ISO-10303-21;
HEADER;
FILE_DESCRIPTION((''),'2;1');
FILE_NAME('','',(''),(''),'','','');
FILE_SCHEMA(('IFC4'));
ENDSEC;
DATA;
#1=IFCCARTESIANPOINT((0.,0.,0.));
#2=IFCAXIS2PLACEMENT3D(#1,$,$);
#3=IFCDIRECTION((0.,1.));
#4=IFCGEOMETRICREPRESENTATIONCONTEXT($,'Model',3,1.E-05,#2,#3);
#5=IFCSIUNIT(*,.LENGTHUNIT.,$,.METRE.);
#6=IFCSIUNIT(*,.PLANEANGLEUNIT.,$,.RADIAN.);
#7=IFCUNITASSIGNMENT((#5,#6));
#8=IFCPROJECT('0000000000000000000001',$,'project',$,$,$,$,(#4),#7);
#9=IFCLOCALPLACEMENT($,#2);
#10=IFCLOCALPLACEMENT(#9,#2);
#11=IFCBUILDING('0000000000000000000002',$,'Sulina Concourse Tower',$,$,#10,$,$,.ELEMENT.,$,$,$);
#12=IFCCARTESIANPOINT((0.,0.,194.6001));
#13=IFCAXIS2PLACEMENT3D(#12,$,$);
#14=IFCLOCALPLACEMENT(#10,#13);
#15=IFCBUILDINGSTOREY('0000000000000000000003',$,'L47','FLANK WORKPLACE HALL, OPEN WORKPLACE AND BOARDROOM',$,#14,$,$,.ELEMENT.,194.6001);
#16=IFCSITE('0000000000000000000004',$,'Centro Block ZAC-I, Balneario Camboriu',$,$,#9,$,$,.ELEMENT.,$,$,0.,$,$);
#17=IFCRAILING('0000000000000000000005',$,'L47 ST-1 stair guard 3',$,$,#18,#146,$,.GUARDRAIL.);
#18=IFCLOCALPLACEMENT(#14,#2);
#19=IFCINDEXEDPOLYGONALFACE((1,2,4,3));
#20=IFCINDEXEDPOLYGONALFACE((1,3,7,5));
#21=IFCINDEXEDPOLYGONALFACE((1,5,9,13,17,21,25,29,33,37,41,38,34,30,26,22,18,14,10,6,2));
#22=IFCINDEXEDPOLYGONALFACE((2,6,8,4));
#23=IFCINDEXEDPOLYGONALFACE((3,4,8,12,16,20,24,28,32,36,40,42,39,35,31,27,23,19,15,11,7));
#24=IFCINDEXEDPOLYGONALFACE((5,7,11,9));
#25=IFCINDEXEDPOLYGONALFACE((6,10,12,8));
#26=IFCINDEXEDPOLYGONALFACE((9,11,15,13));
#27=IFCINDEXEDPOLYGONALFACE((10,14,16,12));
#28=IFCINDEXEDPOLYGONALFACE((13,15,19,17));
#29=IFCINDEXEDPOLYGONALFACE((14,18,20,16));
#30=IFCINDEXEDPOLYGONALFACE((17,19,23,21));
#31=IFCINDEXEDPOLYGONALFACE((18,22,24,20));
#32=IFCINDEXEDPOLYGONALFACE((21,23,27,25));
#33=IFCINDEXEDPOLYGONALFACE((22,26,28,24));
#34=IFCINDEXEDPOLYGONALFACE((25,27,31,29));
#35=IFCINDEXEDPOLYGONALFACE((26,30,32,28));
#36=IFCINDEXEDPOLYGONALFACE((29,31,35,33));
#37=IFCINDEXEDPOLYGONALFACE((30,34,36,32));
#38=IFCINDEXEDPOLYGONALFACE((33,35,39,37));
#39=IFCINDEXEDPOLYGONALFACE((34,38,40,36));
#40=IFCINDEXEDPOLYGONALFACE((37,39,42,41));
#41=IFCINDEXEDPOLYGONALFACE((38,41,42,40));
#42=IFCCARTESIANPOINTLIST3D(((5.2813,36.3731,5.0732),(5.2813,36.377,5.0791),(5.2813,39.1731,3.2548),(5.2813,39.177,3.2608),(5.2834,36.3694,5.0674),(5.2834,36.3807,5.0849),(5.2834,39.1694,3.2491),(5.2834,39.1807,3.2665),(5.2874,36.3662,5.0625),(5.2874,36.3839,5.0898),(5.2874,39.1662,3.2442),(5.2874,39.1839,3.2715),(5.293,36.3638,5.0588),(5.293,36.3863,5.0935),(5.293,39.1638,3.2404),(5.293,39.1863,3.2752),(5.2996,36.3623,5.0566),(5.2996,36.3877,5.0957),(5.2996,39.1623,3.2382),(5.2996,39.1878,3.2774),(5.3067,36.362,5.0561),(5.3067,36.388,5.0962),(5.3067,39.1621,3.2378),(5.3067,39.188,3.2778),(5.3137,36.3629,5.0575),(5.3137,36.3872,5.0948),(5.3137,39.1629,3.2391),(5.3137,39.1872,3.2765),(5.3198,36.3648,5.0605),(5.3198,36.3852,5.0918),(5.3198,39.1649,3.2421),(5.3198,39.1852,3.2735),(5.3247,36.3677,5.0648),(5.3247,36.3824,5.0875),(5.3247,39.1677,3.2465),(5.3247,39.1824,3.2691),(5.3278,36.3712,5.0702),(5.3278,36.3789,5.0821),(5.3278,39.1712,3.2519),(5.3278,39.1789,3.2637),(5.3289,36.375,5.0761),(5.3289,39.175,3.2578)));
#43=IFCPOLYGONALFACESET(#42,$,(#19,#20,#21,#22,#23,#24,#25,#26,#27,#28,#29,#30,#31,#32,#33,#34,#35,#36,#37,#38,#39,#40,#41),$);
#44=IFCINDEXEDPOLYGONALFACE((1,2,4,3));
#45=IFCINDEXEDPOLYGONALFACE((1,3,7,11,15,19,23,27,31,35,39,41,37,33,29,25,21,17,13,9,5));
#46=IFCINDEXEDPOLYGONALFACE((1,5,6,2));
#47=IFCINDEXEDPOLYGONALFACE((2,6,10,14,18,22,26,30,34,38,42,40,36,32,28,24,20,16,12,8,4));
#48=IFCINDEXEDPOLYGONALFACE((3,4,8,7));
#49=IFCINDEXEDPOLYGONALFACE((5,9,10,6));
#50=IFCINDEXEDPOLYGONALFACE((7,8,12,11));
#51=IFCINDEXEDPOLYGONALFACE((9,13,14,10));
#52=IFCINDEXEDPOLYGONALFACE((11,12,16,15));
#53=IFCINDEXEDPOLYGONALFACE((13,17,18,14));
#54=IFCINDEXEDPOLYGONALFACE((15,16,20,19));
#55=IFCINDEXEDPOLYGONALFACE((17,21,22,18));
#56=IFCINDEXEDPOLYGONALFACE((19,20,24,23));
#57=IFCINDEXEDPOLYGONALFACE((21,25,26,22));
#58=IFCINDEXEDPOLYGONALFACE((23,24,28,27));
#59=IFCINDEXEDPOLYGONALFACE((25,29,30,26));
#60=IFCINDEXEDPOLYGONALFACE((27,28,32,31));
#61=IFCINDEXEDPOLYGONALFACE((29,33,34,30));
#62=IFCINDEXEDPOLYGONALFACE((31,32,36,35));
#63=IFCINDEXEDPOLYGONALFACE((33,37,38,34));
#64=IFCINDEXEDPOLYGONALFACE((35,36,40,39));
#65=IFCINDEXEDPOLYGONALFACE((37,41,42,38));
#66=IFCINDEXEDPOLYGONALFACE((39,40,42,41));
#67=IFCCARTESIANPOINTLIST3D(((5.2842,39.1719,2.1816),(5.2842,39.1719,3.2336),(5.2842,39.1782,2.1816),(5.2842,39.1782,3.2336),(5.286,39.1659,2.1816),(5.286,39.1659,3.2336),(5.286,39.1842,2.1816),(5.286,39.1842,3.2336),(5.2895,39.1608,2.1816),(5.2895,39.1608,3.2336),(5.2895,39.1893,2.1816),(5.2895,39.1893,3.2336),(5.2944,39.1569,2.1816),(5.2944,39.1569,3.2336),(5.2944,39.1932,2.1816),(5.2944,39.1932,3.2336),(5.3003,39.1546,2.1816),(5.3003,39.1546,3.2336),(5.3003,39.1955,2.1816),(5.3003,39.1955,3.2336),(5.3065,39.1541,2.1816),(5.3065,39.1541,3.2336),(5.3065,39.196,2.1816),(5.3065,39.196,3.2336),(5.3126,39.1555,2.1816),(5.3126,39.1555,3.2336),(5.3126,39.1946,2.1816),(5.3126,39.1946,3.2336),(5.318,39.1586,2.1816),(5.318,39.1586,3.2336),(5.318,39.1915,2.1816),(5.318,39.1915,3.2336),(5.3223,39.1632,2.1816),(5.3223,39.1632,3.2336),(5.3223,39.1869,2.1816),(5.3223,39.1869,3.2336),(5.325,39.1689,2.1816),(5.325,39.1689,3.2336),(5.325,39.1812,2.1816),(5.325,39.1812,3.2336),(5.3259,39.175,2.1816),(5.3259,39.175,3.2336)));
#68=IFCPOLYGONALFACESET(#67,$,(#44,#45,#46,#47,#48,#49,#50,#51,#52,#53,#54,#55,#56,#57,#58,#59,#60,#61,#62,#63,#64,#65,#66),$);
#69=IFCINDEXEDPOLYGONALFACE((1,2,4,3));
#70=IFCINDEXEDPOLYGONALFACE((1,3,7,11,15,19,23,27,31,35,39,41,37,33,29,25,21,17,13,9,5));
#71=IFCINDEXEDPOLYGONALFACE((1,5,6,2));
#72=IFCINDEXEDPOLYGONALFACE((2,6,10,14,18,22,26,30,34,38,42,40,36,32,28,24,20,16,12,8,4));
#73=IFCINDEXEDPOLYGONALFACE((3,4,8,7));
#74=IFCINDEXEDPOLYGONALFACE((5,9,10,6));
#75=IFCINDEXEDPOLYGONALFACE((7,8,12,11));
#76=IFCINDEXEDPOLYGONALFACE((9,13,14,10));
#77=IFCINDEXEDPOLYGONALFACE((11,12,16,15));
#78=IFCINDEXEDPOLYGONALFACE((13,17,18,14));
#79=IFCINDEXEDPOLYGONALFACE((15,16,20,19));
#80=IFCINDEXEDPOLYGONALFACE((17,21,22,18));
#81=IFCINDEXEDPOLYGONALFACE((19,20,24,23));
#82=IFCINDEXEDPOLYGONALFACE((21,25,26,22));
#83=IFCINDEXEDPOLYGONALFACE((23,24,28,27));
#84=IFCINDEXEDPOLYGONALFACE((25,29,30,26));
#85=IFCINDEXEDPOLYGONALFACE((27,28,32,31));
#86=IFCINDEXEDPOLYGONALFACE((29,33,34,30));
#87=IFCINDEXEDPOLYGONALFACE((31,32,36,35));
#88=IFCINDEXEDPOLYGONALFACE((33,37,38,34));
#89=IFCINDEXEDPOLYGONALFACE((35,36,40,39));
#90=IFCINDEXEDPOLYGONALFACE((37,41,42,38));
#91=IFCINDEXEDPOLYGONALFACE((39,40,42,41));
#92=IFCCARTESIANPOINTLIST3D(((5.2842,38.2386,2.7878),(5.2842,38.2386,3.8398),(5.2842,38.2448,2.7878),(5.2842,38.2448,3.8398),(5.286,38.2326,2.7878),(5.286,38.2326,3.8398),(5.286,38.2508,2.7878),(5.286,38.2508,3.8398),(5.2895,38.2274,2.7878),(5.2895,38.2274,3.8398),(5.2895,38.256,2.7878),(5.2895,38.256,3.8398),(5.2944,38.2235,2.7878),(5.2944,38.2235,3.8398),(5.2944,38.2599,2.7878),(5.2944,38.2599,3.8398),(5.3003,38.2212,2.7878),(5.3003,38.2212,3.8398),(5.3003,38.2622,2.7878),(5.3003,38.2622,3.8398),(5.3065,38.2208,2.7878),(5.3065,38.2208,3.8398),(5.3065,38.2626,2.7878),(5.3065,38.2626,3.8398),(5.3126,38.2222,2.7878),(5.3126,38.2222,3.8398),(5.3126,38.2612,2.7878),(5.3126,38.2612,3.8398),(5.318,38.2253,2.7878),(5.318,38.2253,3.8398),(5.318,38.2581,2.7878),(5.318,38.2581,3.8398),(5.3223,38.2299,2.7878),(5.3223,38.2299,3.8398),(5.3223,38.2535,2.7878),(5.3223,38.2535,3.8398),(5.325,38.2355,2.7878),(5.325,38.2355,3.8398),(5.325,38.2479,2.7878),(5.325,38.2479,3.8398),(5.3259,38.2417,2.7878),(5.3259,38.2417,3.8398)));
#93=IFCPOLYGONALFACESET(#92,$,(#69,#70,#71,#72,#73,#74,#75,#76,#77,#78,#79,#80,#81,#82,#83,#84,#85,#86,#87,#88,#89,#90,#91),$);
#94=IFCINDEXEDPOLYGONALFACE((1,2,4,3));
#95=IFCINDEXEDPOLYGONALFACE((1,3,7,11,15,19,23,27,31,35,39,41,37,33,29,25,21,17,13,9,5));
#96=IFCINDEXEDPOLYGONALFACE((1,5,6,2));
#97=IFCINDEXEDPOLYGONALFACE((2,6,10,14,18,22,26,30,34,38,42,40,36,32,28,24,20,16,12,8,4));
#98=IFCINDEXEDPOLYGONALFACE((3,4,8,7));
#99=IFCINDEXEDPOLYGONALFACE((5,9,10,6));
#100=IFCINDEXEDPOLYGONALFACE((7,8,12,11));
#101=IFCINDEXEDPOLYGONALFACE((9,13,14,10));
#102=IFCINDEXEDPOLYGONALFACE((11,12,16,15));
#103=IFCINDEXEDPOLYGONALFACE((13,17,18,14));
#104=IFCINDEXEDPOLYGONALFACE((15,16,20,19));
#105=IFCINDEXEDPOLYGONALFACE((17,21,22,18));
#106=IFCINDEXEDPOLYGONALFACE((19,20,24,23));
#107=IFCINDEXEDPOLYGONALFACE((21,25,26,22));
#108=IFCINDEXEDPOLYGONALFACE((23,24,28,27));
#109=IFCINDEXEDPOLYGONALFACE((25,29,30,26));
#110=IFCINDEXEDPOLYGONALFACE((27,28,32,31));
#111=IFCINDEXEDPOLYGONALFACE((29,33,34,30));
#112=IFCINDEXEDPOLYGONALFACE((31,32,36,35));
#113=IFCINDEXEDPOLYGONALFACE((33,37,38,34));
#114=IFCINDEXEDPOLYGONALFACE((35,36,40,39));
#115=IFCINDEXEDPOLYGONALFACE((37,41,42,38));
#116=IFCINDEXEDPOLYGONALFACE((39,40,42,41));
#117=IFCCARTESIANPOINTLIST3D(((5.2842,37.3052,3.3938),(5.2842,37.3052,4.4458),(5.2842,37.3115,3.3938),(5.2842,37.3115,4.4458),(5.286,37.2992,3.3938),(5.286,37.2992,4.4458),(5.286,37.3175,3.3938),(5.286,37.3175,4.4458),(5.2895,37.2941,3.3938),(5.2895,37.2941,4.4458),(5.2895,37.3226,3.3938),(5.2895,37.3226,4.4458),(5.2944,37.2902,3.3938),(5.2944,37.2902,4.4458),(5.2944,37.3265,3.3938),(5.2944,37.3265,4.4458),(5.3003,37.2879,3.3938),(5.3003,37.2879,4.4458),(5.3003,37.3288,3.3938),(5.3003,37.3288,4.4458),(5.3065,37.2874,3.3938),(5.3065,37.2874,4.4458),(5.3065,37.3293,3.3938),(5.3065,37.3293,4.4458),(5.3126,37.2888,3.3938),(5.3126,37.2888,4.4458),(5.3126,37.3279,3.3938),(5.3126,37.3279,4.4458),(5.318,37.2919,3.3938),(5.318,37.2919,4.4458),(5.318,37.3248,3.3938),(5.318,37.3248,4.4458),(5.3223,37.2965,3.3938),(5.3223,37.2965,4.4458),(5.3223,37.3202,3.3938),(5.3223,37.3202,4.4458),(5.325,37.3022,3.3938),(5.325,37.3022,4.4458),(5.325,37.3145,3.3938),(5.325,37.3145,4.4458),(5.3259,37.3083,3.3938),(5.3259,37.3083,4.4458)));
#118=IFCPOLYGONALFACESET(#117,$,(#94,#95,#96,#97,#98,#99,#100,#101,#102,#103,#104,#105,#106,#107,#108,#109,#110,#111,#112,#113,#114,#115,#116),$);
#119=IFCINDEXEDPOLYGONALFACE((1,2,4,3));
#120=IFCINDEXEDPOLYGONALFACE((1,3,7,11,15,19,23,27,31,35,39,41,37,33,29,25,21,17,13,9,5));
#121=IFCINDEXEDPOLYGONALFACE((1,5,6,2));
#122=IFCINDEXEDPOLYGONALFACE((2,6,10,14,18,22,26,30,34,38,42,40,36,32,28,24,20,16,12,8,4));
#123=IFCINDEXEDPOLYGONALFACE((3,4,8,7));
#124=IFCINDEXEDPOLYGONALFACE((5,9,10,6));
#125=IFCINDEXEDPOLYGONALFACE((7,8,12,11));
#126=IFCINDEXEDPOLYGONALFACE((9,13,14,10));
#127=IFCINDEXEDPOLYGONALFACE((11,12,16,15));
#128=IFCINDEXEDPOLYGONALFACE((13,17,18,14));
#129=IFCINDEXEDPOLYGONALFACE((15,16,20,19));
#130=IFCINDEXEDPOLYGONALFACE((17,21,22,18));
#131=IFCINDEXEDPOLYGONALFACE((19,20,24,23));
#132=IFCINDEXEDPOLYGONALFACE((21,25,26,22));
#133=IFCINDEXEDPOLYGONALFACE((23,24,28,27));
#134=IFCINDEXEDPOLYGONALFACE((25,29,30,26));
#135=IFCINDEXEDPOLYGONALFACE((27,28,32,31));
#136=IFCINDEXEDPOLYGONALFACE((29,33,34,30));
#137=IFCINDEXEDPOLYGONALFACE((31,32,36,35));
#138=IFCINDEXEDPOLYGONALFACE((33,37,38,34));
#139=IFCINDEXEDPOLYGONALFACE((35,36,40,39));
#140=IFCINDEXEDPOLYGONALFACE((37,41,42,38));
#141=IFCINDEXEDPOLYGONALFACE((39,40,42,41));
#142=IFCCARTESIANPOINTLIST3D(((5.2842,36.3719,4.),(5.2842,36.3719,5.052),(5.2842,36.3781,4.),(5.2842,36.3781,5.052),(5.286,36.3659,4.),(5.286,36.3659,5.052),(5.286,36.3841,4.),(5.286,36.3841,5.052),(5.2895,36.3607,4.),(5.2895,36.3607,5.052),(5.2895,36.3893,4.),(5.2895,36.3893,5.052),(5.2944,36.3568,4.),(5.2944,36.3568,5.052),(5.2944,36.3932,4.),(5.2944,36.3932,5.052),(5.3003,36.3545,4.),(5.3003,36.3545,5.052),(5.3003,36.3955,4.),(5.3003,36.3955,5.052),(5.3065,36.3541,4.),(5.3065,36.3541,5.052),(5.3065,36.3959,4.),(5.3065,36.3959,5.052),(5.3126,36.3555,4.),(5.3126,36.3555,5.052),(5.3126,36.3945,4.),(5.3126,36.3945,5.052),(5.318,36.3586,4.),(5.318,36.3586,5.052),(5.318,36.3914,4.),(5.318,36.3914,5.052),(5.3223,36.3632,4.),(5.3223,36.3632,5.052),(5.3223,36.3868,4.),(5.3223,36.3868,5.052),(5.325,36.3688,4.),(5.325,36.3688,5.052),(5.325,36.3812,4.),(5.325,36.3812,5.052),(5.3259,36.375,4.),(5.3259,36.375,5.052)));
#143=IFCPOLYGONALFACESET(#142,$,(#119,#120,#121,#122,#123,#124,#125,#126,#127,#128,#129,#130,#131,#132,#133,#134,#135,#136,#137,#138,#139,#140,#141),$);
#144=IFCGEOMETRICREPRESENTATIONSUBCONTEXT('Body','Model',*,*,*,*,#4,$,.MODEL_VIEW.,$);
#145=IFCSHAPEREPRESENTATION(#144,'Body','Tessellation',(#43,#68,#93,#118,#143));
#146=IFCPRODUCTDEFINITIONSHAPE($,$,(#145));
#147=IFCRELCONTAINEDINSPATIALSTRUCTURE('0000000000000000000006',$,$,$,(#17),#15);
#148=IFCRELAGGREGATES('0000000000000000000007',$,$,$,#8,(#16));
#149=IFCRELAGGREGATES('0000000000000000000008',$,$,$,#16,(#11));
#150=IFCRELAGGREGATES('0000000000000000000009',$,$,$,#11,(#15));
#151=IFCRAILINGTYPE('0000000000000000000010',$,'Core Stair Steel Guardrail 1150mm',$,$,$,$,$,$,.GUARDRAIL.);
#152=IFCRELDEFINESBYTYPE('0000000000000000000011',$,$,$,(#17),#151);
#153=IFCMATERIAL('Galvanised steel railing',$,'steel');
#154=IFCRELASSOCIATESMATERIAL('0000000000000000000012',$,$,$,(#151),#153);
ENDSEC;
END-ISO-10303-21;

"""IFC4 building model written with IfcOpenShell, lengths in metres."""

from ifc_helpers import new_model, si_unit, direction, frame, origin, origin_2d, place, context, subcontext, project, spatial, circle, extrude, material, type_object, element, save


model = new_model("IFC4")

# Units and contexts
model_context = context("Model", 3, precision=1e-05, world=origin(), true_north=direction((0.0, 1.0)))
body_context = subcontext(model_context, "Body", "Model", "MODEL_VIEW")
ifc_project = project(units=[si_unit("LENGTHUNIT", "METRE"), si_unit("PLANEANGLEUNIT", "RADIAN")], contexts=[model_context])

# Site, building, storey
site_placement = place(None, origin())
site = spatial("IfcSite", under=ifc_project, at=site_placement, Name="Centro Block ZAC-I, Balneario Camboriu", CompositionType="ELEMENT", RefElevation=0.0)
building_placement = place(site_placement, origin())
building = spatial("IfcBuilding", under=site, at=building_placement, Name="Sulina Concourse Tower", CompositionType="ELEMENT")
storey_placement = place(building_placement, frame((0.0, 0.0, 194.6001)))
storey = spatial("IfcBuildingStorey", under=building, at=storey_placement, Name="L47", Description="FLANK WORKPLACE HALL, OPEN WORKPLACE AND BOARDROOM", CompositionType="ELEMENT", Elevation=194.6001)

# Railing
ifc_material_1 = material(Name="Galvanised steel railing", Category="steel")
railing_type_1 = type_object("IfcRailingType", Name="Core Stair Steel Guardrail 1150mm", PredefinedType="GUARDRAIL", material=ifc_material_1)
railing_1_placement = place(storey_placement, frame((5.3049, 39.175, 2.1816)))
element("IfcRailing", 1, at=railing_1_placement, inside=storey, type_object=railing_type_1, Name="L47 ST-1 stair guard 3", PredefinedType="GUARDRAIL", context=body_context, shape_type="SweptSolid", body=[
    extrude(circle(Radius=0.0239, at=origin_2d()), frame((0.0, 0.0, 1.0762), z_axis=(0.0, -0.838672, 0.544636), x_axis=(1.0, 0.0, 0.0)), (0.0, 0.0, 1.0), 3.3386),
    extrude(circle(Radius=0.021, at=origin_2d()), origin(), (0.0, 0.0, 1.0), 1.052),
    extrude(circle(Radius=0.021, at=origin_2d()), frame((0.0, -0.9333, 0.6062)), (0.0, 0.0, 1.0), 1.052),
    extrude(circle(Radius=0.021, at=origin_2d()), frame((0.0, -1.8667, 1.2122)), (0.0, 0.0, 1.0), 1.052),
    extrude(circle(Radius=0.021, at=origin_2d()), frame((0.0, -2.8, 1.8184)), (0.0, 0.0, 1.0), 1.052),
])

save(model, "model.ifc")
